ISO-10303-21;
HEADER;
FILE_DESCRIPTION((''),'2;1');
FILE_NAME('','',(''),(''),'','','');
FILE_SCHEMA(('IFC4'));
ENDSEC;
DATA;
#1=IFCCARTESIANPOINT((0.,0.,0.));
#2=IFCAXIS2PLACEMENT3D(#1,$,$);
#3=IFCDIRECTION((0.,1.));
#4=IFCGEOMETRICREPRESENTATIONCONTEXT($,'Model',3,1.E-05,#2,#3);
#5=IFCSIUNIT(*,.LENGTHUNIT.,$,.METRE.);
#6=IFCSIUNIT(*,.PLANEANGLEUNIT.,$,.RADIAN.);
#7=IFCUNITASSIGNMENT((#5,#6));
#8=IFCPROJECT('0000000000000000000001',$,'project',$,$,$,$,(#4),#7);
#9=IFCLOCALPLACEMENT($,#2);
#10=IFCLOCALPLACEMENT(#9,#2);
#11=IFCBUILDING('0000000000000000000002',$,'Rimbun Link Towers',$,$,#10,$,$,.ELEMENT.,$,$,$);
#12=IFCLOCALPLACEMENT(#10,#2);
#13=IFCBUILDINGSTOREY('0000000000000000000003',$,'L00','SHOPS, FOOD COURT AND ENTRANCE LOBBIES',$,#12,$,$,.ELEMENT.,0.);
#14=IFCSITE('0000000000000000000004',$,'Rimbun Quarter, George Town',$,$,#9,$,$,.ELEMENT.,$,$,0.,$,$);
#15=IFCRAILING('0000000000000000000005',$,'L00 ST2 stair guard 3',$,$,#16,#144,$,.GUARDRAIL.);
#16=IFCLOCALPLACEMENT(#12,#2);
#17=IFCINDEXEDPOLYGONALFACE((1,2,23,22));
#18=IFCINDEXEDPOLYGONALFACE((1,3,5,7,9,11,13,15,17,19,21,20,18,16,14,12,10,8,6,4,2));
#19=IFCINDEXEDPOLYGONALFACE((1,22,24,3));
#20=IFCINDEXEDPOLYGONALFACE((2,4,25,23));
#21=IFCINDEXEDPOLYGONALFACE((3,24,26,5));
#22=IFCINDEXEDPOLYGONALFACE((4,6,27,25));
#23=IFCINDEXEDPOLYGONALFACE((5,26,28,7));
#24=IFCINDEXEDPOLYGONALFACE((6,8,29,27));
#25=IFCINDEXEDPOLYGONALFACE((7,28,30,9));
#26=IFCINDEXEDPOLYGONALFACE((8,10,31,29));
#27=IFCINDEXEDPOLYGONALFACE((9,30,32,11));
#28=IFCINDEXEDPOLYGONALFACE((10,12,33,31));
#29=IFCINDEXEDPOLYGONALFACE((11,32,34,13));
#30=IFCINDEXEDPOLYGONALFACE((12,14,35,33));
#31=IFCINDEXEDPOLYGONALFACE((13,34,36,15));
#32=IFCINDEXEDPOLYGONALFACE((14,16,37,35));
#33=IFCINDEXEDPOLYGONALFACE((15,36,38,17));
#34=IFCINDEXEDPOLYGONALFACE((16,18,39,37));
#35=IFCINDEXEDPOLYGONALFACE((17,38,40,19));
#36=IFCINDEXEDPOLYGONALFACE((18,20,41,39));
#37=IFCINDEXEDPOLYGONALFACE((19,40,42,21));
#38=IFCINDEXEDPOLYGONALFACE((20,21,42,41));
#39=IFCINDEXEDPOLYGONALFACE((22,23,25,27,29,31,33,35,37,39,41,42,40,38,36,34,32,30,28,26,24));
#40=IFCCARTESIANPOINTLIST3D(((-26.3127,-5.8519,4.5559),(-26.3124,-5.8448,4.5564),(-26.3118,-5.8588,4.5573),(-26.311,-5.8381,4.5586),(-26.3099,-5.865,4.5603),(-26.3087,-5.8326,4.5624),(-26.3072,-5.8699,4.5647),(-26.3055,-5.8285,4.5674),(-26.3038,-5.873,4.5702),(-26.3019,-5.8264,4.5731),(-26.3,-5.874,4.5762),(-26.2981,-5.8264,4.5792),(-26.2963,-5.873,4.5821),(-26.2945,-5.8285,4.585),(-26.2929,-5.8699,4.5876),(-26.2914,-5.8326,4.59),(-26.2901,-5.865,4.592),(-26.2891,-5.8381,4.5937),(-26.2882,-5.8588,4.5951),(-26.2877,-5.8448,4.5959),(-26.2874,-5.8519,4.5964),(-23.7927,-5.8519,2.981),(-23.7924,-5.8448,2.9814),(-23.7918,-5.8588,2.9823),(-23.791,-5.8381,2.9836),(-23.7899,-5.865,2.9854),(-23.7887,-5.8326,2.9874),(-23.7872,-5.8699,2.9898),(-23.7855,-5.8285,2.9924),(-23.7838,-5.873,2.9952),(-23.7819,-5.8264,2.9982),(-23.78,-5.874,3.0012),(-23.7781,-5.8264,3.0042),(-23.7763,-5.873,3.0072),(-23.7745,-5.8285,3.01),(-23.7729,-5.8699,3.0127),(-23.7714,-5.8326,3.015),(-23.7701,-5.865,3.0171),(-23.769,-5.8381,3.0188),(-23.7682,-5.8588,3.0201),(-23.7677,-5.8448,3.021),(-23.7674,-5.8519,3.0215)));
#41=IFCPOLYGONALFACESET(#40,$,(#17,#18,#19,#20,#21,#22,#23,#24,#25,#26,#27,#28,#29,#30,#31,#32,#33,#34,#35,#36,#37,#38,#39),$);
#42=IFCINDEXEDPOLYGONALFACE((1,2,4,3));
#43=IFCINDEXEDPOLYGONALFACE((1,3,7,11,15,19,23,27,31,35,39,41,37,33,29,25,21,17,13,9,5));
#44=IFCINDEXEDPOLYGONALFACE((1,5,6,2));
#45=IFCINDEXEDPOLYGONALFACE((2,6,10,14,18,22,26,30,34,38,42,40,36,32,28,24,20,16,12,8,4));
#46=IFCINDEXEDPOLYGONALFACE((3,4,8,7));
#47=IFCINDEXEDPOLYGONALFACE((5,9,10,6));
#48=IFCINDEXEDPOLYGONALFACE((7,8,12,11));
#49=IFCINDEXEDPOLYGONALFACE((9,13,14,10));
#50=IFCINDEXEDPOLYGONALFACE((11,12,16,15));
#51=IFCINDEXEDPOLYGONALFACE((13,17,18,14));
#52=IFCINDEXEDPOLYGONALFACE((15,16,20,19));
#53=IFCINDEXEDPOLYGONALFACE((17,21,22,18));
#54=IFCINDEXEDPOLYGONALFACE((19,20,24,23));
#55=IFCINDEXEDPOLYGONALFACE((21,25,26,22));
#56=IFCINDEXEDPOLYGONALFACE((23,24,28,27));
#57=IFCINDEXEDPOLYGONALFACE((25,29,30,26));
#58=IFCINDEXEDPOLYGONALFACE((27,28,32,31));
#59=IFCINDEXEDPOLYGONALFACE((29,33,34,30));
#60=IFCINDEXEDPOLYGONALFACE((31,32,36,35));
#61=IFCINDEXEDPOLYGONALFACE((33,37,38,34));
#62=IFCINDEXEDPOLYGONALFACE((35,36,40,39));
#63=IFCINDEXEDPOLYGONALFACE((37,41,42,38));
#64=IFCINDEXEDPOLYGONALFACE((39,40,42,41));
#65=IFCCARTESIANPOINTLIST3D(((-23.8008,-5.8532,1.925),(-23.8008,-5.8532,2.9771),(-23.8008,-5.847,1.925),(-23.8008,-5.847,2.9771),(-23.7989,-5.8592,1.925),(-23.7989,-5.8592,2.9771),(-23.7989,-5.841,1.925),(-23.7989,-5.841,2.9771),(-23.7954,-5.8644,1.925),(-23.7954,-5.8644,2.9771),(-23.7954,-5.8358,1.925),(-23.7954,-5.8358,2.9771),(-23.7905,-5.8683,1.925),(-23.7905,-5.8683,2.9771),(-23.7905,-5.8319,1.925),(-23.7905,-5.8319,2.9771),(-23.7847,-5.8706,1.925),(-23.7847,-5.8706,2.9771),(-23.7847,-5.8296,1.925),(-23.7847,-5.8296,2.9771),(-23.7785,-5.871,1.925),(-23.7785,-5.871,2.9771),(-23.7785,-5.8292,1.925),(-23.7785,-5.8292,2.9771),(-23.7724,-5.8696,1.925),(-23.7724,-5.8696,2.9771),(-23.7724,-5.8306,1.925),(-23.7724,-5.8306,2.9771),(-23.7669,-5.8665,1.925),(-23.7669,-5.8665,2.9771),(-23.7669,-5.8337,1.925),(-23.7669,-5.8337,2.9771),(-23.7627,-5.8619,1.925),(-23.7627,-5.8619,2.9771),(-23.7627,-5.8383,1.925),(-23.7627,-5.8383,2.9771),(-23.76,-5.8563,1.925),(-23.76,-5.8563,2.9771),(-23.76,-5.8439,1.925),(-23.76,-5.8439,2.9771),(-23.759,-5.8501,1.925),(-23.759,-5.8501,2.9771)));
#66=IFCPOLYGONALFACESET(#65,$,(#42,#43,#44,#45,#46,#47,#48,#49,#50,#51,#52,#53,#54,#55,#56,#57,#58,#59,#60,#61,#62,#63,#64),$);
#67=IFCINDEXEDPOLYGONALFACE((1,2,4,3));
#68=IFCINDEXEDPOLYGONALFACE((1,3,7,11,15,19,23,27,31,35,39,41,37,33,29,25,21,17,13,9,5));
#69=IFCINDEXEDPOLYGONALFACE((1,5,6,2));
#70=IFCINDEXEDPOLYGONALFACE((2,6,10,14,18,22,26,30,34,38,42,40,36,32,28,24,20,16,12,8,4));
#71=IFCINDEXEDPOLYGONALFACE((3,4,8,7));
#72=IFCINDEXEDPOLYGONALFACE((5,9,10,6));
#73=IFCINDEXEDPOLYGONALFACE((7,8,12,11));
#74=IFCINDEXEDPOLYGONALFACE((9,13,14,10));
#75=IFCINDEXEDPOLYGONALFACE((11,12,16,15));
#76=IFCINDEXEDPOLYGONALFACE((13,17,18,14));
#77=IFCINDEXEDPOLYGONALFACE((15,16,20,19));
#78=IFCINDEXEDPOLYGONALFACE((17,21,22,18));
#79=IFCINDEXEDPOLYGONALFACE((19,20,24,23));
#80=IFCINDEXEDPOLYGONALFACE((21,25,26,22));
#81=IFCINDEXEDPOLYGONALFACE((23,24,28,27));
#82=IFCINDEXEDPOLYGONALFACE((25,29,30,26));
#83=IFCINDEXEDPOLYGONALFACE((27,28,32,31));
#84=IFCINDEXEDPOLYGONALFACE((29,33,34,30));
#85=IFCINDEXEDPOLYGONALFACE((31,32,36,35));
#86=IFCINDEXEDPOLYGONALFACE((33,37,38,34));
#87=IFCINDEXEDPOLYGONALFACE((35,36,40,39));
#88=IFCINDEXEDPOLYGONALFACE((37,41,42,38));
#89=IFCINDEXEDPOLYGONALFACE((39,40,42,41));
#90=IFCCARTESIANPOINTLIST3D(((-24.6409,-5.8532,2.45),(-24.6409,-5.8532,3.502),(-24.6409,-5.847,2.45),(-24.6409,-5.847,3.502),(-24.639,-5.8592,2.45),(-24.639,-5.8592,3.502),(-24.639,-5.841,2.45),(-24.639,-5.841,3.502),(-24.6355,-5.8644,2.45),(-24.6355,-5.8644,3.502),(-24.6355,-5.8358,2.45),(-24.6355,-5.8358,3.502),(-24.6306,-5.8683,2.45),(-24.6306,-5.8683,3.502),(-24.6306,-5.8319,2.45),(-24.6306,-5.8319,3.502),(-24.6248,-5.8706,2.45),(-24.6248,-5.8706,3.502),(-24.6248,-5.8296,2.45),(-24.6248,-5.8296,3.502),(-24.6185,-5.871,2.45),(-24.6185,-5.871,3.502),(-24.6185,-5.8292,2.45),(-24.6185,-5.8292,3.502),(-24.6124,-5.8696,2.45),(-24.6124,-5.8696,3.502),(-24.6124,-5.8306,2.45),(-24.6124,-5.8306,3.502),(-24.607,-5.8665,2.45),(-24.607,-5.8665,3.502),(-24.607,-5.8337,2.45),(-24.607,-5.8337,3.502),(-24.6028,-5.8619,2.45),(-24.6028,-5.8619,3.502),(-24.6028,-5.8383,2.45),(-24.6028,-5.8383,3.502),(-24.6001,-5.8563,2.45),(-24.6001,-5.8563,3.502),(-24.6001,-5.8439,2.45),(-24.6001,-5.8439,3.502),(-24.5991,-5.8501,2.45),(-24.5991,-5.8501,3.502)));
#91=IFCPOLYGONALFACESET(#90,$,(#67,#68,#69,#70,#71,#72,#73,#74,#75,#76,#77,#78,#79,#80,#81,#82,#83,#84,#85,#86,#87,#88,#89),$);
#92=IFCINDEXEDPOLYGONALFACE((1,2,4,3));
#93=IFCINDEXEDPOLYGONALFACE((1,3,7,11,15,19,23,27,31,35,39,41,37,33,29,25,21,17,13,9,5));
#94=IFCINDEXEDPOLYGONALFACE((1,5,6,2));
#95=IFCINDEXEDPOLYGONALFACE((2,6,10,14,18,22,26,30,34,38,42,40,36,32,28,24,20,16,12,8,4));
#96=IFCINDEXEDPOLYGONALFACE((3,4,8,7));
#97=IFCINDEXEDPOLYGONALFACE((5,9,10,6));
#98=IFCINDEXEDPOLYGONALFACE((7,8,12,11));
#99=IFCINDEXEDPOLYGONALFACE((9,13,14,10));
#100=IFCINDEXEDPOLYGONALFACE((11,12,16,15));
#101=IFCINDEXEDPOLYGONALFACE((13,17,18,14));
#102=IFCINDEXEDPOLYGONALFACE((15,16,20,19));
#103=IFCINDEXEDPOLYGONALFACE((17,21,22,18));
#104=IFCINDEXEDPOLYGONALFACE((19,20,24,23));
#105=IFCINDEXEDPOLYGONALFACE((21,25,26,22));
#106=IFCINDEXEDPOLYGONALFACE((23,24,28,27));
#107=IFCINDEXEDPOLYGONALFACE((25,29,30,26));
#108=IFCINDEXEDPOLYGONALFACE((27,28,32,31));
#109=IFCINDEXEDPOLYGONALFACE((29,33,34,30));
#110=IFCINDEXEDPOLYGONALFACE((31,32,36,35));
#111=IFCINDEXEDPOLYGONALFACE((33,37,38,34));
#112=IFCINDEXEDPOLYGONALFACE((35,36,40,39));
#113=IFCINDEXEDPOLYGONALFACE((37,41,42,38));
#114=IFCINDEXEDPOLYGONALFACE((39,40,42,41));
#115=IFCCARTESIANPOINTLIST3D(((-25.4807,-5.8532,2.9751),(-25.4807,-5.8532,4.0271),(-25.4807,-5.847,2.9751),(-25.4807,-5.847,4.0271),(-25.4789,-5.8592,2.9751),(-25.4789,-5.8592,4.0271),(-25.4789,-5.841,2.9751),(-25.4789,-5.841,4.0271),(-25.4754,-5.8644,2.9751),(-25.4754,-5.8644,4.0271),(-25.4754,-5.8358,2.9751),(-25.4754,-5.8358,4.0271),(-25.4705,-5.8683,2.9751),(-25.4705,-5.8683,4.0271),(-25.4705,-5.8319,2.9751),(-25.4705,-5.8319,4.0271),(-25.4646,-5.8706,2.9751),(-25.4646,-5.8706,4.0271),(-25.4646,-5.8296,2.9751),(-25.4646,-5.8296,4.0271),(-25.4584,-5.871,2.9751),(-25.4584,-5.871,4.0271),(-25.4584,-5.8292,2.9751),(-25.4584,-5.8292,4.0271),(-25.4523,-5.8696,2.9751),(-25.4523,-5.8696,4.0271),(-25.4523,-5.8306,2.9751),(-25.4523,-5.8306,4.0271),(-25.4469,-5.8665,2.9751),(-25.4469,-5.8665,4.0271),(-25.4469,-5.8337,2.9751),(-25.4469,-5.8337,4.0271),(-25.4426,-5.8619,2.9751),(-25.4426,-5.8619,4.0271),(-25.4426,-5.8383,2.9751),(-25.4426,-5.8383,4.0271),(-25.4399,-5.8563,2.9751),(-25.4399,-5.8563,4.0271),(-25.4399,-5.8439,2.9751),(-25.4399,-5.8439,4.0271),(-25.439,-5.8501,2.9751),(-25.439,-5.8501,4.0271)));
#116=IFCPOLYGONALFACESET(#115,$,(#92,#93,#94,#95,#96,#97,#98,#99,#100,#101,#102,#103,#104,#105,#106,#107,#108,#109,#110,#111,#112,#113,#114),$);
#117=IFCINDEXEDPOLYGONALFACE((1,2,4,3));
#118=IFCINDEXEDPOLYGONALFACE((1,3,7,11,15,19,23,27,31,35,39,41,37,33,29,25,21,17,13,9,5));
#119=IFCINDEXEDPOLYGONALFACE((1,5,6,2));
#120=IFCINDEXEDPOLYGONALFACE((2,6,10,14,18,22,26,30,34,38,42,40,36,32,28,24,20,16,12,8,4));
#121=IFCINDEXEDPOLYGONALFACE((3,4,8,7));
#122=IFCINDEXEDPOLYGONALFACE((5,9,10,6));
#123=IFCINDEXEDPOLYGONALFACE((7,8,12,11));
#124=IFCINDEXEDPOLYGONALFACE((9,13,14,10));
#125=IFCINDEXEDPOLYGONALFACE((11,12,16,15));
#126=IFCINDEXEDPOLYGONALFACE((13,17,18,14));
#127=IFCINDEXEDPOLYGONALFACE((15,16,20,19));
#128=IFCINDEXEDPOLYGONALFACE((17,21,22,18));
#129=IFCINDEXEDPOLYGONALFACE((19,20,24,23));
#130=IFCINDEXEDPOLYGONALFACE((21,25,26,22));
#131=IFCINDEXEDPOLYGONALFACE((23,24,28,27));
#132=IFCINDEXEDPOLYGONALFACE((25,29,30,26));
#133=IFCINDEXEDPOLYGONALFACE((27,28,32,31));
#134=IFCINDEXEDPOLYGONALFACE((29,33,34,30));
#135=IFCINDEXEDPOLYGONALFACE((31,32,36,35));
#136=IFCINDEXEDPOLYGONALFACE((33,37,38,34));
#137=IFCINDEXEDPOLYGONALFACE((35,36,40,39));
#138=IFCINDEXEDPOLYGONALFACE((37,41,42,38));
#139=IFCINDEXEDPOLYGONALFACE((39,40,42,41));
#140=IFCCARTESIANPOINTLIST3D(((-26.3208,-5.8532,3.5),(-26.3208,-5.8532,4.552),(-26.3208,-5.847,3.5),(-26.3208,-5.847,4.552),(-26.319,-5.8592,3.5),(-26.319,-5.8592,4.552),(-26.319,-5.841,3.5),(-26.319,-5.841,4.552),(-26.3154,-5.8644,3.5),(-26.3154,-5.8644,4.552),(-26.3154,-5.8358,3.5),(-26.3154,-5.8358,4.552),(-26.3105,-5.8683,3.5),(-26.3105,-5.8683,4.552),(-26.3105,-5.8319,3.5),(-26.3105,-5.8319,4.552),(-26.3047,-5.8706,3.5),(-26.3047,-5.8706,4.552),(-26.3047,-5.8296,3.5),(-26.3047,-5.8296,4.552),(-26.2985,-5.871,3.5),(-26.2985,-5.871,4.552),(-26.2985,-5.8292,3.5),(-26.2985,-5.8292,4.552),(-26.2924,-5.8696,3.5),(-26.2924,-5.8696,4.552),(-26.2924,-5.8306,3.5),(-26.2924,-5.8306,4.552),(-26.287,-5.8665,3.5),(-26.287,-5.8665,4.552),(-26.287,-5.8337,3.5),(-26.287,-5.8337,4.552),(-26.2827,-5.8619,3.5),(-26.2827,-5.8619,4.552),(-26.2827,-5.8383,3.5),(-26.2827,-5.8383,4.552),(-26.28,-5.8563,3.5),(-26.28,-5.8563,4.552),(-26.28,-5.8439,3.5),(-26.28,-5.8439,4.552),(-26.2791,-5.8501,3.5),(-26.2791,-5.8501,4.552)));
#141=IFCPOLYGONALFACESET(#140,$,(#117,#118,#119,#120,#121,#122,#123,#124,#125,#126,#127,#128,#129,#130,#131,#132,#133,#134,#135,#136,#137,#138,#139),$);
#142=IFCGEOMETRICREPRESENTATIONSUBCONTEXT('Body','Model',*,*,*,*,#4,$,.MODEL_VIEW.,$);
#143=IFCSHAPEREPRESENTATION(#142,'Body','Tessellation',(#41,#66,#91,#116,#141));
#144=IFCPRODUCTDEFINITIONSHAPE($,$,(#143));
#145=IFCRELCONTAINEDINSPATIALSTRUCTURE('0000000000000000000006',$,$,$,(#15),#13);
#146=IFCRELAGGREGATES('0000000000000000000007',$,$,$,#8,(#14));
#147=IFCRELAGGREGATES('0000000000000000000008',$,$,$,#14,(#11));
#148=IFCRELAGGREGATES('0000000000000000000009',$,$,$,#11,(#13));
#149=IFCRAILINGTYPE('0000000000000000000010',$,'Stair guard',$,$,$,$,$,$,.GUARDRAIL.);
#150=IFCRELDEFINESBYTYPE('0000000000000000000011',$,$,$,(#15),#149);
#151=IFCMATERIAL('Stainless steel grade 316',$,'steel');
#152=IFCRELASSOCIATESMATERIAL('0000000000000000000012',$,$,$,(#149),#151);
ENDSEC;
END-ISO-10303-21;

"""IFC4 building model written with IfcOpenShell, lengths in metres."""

from ifc_helpers import new_model, si_unit, direction, frame, origin, origin_2d, place, context, subcontext, project, spatial, circle, extrude, material, type_object, element, save


model = new_model("IFC4")

# Units and contexts
model_context = context("Model", 3, precision=1e-05, world=origin(), true_north=direction((0.0, 1.0)))
body_context = subcontext(model_context, "Body", "Model", "MODEL_VIEW")
ifc_project = project(units=[si_unit("LENGTHUNIT", "METRE"), si_unit("PLANEANGLEUNIT", "RADIAN")], contexts=[model_context])

# Site, building, storey
site_placement = place(None, origin())
site = spatial("IfcSite", under=ifc_project, at=site_placement, Name="Rimbun Quarter, George Town", CompositionType="ELEMENT", RefElevation=0.0)
building_placement = place(site_placement, origin())
building = spatial("IfcBuilding", under=site, at=building_placement, Name="Rimbun Link Towers", CompositionType="ELEMENT")
storey_placement = place(building_placement, origin())
storey = spatial("IfcBuildingStorey", under=building, at=storey_placement, Name="L00", Description="SHOPS, FOOD COURT AND ENTRANCE LOBBIES", CompositionType="ELEMENT", Elevation=0.0)

# Railing
ifc_material_1 = material(Name="Stainless steel grade 316", Category="steel")
railing_type_1 = type_object("IfcRailingType", Name="Stair guard", PredefinedType="GUARDRAIL", material=ifc_material_1)
railing_1_placement = place(storey_placement, frame((-23.78, -5.8501, 1.925)))
element("IfcRailing", 1, at=railing_1_placement, inside=storey, type_object=railing_type_1, Name="L00 ST2 stair guard 3", PredefinedType="GUARDRAIL", context=body_context, shape_type="SweptSolid", body=[
    extrude(circle(Radius=0.0239, at=origin_2d()), frame((0.0, 0.0, 1.0762), z_axis=(-0.848008, 0.0, 0.529984), x_axis=(0.0, -1.0, 0.0)), (0.0, 0.0, 1.0), 2.9717),
    extrude(circle(Radius=0.021, at=origin_2d()), origin(), (0.0, 0.0, 1.0), 1.052),
    extrude(circle(Radius=0.021, at=origin_2d()), frame((-0.8401, 0.0, 0.5249)), (0.0, 0.0, 1.0), 1.052),
    extrude(circle(Radius=0.021, at=origin_2d()), frame((-1.6799, 0.0, 1.05)), (0.0, 0.0, 1.0), 1.052),
    extrude(circle(Radius=0.021, at=origin_2d()), frame((-2.52, 0.0, 1.575)), (0.0, 0.0, 1.0), 1.052),
])

save(model, "model.ifc")
